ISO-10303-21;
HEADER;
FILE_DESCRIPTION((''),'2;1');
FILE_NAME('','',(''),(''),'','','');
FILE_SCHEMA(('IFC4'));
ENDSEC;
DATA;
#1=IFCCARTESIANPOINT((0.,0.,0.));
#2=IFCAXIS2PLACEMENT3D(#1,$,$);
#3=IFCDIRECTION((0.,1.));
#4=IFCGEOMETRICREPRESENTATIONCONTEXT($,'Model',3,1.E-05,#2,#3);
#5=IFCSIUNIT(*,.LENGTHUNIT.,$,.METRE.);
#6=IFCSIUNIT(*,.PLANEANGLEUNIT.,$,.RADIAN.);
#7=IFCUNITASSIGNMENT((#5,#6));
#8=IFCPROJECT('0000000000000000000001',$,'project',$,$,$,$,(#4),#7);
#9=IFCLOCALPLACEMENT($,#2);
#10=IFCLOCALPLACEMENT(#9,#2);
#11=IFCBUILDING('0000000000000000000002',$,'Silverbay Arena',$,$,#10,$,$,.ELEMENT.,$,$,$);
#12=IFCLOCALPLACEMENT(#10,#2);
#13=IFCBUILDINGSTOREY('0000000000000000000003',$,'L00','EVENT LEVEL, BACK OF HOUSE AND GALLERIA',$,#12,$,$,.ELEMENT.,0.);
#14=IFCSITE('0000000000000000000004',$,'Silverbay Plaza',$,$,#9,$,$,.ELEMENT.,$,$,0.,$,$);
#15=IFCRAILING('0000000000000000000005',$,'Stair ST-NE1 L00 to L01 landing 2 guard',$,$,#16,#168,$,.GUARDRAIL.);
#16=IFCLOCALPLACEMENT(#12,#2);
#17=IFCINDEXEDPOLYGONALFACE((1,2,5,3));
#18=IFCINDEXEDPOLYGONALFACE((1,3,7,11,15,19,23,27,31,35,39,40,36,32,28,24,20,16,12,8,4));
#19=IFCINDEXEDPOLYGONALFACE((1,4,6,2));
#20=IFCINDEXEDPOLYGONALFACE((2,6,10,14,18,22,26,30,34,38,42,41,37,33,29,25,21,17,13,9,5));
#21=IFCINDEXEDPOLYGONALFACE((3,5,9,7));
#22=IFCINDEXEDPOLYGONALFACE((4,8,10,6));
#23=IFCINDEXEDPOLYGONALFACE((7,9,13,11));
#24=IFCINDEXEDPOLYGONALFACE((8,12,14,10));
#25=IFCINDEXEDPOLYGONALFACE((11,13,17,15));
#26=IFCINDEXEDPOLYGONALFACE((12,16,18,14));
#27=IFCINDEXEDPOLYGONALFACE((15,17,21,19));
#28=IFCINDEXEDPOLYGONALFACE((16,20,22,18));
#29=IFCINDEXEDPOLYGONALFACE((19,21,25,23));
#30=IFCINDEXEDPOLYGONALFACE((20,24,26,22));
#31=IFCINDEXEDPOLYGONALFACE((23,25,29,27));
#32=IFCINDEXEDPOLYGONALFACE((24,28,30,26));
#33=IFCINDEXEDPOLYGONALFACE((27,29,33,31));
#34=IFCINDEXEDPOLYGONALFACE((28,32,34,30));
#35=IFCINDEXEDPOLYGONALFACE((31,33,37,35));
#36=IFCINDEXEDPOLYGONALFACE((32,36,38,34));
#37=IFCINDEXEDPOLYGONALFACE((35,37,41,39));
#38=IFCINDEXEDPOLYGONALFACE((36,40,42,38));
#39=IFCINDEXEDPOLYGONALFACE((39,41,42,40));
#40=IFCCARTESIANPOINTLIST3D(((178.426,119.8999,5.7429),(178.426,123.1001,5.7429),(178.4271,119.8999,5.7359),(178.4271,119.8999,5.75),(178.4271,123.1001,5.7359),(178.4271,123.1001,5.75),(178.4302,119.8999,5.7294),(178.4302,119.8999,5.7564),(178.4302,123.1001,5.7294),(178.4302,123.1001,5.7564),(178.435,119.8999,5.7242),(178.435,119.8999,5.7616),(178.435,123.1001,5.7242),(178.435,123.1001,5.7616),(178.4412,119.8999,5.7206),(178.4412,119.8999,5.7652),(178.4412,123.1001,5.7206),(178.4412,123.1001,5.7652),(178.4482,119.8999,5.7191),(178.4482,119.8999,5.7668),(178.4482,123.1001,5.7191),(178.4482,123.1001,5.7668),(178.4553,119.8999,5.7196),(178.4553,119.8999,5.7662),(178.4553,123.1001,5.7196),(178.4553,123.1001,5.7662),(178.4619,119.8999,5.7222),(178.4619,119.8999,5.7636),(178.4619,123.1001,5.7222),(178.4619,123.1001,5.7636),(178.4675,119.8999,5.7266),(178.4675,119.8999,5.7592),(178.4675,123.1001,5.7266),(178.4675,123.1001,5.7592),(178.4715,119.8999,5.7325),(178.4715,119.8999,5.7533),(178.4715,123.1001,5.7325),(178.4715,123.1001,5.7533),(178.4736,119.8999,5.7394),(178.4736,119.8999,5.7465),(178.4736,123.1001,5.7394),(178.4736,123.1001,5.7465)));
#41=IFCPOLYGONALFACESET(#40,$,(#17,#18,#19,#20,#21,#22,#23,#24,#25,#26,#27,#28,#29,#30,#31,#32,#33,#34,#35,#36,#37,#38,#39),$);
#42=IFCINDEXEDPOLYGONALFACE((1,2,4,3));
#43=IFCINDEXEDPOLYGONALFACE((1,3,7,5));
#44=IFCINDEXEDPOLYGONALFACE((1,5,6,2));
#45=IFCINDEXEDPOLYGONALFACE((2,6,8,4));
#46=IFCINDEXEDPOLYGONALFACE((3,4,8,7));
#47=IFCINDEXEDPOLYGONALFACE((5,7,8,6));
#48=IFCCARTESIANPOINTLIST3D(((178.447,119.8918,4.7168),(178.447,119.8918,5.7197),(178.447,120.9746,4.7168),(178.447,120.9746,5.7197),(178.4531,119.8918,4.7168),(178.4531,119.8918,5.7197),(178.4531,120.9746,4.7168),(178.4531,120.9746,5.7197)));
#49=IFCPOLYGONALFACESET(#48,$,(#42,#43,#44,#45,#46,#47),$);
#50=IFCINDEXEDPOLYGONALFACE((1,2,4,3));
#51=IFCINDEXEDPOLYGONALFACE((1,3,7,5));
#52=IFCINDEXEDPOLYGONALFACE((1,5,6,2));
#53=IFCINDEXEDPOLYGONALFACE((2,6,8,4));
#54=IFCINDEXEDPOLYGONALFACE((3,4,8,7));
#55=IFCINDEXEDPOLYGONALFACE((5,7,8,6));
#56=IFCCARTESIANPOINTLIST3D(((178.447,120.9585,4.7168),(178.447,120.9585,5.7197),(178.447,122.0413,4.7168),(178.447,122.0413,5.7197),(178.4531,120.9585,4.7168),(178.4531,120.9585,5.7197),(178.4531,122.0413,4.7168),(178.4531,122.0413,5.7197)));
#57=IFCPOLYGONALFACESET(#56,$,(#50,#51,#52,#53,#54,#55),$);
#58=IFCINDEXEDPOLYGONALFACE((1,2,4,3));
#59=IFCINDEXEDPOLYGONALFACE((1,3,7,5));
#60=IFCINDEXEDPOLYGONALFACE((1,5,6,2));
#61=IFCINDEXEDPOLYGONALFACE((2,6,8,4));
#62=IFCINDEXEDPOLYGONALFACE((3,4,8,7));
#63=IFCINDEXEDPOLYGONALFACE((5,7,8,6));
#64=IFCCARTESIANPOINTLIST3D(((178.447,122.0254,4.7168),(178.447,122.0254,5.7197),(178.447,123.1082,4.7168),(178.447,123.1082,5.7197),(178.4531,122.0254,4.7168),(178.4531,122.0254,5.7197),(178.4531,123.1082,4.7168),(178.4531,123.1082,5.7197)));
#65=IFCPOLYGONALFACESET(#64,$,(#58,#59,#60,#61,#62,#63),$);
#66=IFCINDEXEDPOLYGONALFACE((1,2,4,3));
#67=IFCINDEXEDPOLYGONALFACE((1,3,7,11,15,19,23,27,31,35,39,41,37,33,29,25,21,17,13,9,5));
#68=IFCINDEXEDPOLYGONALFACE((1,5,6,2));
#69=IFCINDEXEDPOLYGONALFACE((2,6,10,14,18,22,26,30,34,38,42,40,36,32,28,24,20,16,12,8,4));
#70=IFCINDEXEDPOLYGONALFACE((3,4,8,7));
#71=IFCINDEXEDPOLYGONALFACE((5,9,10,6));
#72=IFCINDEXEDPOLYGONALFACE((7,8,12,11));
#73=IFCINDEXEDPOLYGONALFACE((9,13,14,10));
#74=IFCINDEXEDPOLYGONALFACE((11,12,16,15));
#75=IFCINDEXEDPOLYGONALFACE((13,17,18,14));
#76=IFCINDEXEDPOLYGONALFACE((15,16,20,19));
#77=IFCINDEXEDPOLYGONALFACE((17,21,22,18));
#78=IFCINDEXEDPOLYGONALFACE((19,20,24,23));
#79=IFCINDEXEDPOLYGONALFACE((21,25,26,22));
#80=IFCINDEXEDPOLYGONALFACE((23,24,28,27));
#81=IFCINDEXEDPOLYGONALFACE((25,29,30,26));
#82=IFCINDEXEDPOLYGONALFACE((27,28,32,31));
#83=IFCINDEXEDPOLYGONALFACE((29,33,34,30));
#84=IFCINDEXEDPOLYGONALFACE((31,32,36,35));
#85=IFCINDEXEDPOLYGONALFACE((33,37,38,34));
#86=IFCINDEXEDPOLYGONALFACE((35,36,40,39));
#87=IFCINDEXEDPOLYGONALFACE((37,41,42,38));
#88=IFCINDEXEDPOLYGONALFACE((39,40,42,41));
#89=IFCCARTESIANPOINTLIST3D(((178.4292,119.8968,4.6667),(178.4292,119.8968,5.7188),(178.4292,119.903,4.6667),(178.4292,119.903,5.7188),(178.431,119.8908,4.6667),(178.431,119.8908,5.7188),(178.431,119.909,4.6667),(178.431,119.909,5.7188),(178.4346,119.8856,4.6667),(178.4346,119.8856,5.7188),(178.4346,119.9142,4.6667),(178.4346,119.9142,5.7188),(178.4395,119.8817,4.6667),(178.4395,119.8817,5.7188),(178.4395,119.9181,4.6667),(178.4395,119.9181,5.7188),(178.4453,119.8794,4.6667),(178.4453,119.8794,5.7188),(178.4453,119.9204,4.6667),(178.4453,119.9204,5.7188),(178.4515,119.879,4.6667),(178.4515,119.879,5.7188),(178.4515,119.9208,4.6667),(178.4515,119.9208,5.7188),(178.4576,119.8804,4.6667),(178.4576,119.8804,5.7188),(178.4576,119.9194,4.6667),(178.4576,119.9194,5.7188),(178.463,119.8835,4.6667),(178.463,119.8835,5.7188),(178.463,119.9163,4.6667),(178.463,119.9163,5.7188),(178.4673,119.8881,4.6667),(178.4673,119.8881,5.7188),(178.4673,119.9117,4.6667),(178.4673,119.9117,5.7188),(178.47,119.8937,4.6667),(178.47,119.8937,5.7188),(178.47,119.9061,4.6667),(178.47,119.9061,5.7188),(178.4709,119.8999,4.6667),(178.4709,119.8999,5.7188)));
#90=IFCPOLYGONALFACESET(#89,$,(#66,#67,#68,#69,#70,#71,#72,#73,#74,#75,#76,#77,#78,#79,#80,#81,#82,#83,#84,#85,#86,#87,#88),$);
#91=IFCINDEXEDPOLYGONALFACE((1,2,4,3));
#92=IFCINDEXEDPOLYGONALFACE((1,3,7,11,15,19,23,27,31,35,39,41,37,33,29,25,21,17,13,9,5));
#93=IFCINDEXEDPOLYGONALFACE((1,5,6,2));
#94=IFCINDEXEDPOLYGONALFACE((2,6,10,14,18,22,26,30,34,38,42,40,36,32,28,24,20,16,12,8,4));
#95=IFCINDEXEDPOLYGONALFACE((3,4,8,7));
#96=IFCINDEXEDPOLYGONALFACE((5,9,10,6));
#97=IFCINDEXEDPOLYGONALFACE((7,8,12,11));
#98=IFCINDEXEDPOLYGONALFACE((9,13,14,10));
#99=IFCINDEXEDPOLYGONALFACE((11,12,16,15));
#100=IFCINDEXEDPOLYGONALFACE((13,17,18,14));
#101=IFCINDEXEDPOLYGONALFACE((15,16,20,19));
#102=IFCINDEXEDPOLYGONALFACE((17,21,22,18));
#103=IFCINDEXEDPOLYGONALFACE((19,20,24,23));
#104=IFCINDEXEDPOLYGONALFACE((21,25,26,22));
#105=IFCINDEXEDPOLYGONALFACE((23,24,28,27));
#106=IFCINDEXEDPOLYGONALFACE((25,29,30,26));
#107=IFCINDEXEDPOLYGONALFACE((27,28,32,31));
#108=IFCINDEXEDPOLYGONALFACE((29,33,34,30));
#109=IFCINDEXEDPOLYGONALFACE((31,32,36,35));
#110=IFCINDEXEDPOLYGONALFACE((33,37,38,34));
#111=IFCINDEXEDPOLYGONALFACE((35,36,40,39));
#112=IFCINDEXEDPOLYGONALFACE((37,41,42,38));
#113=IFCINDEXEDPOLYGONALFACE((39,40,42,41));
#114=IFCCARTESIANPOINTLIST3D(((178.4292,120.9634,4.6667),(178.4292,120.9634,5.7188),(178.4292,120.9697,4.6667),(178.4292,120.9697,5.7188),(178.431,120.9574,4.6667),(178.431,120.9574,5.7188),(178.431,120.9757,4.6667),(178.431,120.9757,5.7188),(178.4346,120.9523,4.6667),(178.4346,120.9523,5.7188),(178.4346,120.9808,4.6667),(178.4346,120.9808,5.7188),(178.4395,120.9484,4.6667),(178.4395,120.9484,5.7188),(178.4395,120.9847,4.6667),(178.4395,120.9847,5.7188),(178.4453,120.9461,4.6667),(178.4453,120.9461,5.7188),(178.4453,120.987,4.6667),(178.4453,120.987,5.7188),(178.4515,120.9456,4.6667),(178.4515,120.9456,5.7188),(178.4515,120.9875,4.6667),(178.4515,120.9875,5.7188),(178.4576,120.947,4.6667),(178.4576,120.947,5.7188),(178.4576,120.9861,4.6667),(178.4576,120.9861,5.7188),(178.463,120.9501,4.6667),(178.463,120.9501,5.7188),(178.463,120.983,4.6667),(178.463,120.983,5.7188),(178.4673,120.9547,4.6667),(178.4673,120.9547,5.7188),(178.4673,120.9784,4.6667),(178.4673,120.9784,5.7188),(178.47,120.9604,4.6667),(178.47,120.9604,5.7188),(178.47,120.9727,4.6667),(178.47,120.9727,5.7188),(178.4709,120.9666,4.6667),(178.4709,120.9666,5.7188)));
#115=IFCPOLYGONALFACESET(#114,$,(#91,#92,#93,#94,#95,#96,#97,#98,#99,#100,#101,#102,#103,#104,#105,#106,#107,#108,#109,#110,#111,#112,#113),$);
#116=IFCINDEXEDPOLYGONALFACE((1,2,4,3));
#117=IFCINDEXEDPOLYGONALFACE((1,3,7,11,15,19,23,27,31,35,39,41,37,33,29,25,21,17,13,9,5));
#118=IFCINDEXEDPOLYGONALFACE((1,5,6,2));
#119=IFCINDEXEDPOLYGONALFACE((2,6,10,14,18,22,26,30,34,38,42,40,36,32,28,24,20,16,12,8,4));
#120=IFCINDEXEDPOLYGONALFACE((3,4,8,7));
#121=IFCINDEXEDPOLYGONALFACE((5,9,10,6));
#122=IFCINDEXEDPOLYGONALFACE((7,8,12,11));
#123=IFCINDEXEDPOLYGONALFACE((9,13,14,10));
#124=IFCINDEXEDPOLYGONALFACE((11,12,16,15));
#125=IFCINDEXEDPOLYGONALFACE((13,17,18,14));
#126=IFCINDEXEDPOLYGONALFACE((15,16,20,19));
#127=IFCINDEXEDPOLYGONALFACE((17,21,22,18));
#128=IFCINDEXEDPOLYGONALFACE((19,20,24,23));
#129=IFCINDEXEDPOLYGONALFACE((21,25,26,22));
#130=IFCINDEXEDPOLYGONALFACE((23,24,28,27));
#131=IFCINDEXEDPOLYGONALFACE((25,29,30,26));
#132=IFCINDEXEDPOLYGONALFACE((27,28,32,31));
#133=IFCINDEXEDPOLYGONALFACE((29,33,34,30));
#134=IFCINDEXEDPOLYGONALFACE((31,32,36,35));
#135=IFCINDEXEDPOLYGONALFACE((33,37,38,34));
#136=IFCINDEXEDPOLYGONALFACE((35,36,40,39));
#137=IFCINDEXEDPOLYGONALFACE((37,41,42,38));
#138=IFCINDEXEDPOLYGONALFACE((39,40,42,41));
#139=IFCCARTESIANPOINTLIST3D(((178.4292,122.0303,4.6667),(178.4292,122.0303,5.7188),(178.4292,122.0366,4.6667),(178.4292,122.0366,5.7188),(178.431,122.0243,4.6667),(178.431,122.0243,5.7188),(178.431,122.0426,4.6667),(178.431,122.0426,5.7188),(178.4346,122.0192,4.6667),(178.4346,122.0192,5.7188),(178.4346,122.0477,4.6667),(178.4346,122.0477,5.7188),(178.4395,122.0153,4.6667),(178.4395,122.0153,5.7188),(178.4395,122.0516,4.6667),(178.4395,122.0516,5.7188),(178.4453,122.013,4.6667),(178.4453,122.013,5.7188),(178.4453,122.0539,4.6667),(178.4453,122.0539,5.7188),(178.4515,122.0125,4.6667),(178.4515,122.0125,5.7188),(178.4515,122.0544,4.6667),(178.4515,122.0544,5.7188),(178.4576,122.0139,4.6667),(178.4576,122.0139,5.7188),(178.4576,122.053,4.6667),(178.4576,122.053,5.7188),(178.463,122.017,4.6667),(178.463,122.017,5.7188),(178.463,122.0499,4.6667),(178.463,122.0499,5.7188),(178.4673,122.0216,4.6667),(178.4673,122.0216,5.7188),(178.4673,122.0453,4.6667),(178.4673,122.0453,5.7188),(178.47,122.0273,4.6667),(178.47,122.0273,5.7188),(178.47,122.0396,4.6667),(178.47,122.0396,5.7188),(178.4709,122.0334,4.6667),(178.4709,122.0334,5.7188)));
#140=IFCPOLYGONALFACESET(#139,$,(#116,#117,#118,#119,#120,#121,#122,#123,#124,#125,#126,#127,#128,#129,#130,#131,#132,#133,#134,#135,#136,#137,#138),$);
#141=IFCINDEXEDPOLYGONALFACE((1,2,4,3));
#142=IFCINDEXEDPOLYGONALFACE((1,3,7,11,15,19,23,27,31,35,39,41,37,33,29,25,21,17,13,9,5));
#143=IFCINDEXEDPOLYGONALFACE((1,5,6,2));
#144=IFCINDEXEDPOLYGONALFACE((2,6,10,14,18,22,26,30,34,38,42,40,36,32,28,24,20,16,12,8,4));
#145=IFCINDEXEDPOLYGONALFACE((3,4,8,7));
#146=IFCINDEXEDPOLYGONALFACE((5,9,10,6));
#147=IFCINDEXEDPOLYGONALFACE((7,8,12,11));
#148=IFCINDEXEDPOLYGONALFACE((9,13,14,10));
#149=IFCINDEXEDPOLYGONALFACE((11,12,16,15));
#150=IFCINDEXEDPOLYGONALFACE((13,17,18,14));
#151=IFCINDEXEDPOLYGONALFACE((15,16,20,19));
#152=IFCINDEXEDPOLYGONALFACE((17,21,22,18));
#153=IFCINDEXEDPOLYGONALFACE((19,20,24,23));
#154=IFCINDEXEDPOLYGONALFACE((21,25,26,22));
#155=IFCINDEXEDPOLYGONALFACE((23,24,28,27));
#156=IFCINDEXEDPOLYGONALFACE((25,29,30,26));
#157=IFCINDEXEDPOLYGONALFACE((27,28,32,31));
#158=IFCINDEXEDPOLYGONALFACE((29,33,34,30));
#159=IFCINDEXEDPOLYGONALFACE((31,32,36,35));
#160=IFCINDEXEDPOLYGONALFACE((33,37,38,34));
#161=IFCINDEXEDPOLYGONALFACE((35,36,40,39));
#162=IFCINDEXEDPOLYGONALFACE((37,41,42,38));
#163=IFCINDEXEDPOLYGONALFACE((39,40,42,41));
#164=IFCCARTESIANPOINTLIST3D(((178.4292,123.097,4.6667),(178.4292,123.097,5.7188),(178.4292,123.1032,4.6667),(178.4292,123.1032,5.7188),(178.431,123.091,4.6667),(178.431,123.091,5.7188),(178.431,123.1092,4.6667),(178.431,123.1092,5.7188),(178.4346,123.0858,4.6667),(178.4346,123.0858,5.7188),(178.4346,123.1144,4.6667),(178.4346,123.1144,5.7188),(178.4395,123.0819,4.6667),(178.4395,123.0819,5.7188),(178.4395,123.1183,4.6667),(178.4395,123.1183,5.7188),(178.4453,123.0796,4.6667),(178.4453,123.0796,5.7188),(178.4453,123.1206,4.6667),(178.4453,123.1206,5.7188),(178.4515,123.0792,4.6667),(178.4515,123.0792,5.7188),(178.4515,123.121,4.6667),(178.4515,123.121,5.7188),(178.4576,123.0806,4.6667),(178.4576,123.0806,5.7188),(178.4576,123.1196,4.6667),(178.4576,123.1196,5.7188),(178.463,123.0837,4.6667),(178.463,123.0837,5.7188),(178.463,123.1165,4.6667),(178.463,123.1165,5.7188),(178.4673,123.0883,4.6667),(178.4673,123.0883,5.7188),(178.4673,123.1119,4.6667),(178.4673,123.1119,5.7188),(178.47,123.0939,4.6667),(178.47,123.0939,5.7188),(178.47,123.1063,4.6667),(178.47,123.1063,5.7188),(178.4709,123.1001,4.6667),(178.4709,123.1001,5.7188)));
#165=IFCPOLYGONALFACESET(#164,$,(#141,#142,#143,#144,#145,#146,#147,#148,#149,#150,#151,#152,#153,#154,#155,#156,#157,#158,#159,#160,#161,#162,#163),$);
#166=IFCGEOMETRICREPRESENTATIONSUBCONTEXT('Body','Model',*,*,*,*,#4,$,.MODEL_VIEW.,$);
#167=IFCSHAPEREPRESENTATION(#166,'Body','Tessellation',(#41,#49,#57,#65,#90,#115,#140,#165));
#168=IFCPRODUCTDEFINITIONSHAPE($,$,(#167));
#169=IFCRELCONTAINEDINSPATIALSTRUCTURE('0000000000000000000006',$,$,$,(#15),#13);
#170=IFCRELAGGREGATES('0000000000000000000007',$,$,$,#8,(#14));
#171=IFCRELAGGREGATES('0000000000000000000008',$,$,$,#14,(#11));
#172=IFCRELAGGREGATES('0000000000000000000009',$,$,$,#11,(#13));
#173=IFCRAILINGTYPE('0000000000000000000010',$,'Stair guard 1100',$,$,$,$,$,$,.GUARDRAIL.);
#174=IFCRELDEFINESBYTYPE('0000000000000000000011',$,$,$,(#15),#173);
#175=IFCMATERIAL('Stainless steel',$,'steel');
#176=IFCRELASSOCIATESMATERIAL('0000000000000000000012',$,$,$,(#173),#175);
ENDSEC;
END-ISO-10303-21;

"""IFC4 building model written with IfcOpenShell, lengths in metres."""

from ifc_helpers import new_model, si_unit, direction, frame, origin, origin_2d, place, context, subcontext, project, spatial, polyline, circle, outline, extrude, material, type_object, element, save


model = new_model("IFC4")

# Units and contexts
model_context = context("Model", 3, precision=1e-05, world=origin(), true_north=direction((0.0, 1.0)))
body_context = subcontext(model_context, "Body", "Model", "MODEL_VIEW")
ifc_project = project(units=[si_unit("LENGTHUNIT", "METRE"), si_unit("PLANEANGLEUNIT", "RADIAN")], contexts=[model_context])

# Site, building, storey
site_placement = place(None, origin())
site = spatial("IfcSite", under=ifc_project, at=site_placement, Name="Silverbay Plaza", CompositionType="ELEMENT", RefElevation=0.0)
building_placement = place(site_placement, origin())
building = spatial("IfcBuilding", under=site, at=building_placement, Name="Silverbay Arena", CompositionType="ELEMENT")
storey_placement = place(building_placement, origin())
storey = spatial("IfcBuildingStorey", under=building, at=storey_placement, Name="L00", Description="EVENT LEVEL, BACK OF HOUSE AND GALLERIA", CompositionType="ELEMENT", Elevation=0.0)

# Railing
ifc_material_1 = material(Name="Stainless steel", Category="steel")
railing_type_1 = type_object("IfcRailingType", Name="Stair guard 1100", PredefinedType="GUARDRAIL", material=ifc_material_1)
for number, where, name in (
    (1, (178.45, 119.8999, 4.6667), "Stair ST-NE1 L00 to L01 landing 2 guard"),
):
    element("IfcRailing", number, at=place(storey_placement, frame(where)), inside=storey, type_object=railing_type_1, Name=name, PredefinedType="GUARDRAIL", context=body_context, shape_type="SweptSolid", body=[
        extrude(circle(Radius=0.0239, at=origin_2d()), frame((0.0, 0.0, 1.0762), z_axis=(0.0, 1.0, 0.0), x_axis=(-1.0, 0.0, 0.0)), (0.0, 0.0, 1.0), 3.2002),
        extrude(outline(polyline([(-0.0081, 0.05), (1.0747, 0.05), (1.0747, 1.053), (-0.0081, 1.053), (-0.0081, 0.05)])), frame((-0.0029, 0.0, 0.0), z_axis=(1.0, 0.0, 0.0), x_axis=(0.0, 1.0, 0.0)), (0.0, 0.0, 1.0), 0.0061),
        extrude(outline(polyline([(-0.0081, 0.05), (1.0747, 0.05), (1.0747, 1.053), (-0.0081, 1.053), (-0.0081, 0.05)])), frame((-0.0029, 1.0667, 0.0), z_axis=(1.0, 0.0, 0.0), x_axis=(0.0, 1.0, 0.0)), (0.0, 0.0, 1.0), 0.0061),
        extrude(outline(polyline([(-0.0081, 0.05), (1.0747, 0.05), (1.0747, 1.053), (-0.0081, 1.053), (-0.0081, 0.05)])), frame((-0.0029, 2.1335, 0.0), z_axis=(1.0, 0.0, 0.0), x_axis=(0.0, 1.0, 0.0)), (0.0, 0.0, 1.0), 0.0061),
        extrude(circle(Radius=0.021, at=origin_2d()), origin(), (0.0, 0.0, 1.0), 1.052),
        extrude(circle(Radius=0.021, at=origin_2d()), frame((0.0, 1.0667, 0.0)), (0.0, 0.0, 1.0), 1.052),
        extrude(circle(Radius=0.021, at=origin_2d()), frame((0.0, 2.1335, 0.0)), (0.0, 0.0, 1.0), 1.052),
        extrude(circle(Radius=0.021, at=origin_2d()), frame((0.0, 3.2002, 0.0)), (0.0, 0.0, 1.0), 1.052),
    ])

save(model, "model.ifc")
